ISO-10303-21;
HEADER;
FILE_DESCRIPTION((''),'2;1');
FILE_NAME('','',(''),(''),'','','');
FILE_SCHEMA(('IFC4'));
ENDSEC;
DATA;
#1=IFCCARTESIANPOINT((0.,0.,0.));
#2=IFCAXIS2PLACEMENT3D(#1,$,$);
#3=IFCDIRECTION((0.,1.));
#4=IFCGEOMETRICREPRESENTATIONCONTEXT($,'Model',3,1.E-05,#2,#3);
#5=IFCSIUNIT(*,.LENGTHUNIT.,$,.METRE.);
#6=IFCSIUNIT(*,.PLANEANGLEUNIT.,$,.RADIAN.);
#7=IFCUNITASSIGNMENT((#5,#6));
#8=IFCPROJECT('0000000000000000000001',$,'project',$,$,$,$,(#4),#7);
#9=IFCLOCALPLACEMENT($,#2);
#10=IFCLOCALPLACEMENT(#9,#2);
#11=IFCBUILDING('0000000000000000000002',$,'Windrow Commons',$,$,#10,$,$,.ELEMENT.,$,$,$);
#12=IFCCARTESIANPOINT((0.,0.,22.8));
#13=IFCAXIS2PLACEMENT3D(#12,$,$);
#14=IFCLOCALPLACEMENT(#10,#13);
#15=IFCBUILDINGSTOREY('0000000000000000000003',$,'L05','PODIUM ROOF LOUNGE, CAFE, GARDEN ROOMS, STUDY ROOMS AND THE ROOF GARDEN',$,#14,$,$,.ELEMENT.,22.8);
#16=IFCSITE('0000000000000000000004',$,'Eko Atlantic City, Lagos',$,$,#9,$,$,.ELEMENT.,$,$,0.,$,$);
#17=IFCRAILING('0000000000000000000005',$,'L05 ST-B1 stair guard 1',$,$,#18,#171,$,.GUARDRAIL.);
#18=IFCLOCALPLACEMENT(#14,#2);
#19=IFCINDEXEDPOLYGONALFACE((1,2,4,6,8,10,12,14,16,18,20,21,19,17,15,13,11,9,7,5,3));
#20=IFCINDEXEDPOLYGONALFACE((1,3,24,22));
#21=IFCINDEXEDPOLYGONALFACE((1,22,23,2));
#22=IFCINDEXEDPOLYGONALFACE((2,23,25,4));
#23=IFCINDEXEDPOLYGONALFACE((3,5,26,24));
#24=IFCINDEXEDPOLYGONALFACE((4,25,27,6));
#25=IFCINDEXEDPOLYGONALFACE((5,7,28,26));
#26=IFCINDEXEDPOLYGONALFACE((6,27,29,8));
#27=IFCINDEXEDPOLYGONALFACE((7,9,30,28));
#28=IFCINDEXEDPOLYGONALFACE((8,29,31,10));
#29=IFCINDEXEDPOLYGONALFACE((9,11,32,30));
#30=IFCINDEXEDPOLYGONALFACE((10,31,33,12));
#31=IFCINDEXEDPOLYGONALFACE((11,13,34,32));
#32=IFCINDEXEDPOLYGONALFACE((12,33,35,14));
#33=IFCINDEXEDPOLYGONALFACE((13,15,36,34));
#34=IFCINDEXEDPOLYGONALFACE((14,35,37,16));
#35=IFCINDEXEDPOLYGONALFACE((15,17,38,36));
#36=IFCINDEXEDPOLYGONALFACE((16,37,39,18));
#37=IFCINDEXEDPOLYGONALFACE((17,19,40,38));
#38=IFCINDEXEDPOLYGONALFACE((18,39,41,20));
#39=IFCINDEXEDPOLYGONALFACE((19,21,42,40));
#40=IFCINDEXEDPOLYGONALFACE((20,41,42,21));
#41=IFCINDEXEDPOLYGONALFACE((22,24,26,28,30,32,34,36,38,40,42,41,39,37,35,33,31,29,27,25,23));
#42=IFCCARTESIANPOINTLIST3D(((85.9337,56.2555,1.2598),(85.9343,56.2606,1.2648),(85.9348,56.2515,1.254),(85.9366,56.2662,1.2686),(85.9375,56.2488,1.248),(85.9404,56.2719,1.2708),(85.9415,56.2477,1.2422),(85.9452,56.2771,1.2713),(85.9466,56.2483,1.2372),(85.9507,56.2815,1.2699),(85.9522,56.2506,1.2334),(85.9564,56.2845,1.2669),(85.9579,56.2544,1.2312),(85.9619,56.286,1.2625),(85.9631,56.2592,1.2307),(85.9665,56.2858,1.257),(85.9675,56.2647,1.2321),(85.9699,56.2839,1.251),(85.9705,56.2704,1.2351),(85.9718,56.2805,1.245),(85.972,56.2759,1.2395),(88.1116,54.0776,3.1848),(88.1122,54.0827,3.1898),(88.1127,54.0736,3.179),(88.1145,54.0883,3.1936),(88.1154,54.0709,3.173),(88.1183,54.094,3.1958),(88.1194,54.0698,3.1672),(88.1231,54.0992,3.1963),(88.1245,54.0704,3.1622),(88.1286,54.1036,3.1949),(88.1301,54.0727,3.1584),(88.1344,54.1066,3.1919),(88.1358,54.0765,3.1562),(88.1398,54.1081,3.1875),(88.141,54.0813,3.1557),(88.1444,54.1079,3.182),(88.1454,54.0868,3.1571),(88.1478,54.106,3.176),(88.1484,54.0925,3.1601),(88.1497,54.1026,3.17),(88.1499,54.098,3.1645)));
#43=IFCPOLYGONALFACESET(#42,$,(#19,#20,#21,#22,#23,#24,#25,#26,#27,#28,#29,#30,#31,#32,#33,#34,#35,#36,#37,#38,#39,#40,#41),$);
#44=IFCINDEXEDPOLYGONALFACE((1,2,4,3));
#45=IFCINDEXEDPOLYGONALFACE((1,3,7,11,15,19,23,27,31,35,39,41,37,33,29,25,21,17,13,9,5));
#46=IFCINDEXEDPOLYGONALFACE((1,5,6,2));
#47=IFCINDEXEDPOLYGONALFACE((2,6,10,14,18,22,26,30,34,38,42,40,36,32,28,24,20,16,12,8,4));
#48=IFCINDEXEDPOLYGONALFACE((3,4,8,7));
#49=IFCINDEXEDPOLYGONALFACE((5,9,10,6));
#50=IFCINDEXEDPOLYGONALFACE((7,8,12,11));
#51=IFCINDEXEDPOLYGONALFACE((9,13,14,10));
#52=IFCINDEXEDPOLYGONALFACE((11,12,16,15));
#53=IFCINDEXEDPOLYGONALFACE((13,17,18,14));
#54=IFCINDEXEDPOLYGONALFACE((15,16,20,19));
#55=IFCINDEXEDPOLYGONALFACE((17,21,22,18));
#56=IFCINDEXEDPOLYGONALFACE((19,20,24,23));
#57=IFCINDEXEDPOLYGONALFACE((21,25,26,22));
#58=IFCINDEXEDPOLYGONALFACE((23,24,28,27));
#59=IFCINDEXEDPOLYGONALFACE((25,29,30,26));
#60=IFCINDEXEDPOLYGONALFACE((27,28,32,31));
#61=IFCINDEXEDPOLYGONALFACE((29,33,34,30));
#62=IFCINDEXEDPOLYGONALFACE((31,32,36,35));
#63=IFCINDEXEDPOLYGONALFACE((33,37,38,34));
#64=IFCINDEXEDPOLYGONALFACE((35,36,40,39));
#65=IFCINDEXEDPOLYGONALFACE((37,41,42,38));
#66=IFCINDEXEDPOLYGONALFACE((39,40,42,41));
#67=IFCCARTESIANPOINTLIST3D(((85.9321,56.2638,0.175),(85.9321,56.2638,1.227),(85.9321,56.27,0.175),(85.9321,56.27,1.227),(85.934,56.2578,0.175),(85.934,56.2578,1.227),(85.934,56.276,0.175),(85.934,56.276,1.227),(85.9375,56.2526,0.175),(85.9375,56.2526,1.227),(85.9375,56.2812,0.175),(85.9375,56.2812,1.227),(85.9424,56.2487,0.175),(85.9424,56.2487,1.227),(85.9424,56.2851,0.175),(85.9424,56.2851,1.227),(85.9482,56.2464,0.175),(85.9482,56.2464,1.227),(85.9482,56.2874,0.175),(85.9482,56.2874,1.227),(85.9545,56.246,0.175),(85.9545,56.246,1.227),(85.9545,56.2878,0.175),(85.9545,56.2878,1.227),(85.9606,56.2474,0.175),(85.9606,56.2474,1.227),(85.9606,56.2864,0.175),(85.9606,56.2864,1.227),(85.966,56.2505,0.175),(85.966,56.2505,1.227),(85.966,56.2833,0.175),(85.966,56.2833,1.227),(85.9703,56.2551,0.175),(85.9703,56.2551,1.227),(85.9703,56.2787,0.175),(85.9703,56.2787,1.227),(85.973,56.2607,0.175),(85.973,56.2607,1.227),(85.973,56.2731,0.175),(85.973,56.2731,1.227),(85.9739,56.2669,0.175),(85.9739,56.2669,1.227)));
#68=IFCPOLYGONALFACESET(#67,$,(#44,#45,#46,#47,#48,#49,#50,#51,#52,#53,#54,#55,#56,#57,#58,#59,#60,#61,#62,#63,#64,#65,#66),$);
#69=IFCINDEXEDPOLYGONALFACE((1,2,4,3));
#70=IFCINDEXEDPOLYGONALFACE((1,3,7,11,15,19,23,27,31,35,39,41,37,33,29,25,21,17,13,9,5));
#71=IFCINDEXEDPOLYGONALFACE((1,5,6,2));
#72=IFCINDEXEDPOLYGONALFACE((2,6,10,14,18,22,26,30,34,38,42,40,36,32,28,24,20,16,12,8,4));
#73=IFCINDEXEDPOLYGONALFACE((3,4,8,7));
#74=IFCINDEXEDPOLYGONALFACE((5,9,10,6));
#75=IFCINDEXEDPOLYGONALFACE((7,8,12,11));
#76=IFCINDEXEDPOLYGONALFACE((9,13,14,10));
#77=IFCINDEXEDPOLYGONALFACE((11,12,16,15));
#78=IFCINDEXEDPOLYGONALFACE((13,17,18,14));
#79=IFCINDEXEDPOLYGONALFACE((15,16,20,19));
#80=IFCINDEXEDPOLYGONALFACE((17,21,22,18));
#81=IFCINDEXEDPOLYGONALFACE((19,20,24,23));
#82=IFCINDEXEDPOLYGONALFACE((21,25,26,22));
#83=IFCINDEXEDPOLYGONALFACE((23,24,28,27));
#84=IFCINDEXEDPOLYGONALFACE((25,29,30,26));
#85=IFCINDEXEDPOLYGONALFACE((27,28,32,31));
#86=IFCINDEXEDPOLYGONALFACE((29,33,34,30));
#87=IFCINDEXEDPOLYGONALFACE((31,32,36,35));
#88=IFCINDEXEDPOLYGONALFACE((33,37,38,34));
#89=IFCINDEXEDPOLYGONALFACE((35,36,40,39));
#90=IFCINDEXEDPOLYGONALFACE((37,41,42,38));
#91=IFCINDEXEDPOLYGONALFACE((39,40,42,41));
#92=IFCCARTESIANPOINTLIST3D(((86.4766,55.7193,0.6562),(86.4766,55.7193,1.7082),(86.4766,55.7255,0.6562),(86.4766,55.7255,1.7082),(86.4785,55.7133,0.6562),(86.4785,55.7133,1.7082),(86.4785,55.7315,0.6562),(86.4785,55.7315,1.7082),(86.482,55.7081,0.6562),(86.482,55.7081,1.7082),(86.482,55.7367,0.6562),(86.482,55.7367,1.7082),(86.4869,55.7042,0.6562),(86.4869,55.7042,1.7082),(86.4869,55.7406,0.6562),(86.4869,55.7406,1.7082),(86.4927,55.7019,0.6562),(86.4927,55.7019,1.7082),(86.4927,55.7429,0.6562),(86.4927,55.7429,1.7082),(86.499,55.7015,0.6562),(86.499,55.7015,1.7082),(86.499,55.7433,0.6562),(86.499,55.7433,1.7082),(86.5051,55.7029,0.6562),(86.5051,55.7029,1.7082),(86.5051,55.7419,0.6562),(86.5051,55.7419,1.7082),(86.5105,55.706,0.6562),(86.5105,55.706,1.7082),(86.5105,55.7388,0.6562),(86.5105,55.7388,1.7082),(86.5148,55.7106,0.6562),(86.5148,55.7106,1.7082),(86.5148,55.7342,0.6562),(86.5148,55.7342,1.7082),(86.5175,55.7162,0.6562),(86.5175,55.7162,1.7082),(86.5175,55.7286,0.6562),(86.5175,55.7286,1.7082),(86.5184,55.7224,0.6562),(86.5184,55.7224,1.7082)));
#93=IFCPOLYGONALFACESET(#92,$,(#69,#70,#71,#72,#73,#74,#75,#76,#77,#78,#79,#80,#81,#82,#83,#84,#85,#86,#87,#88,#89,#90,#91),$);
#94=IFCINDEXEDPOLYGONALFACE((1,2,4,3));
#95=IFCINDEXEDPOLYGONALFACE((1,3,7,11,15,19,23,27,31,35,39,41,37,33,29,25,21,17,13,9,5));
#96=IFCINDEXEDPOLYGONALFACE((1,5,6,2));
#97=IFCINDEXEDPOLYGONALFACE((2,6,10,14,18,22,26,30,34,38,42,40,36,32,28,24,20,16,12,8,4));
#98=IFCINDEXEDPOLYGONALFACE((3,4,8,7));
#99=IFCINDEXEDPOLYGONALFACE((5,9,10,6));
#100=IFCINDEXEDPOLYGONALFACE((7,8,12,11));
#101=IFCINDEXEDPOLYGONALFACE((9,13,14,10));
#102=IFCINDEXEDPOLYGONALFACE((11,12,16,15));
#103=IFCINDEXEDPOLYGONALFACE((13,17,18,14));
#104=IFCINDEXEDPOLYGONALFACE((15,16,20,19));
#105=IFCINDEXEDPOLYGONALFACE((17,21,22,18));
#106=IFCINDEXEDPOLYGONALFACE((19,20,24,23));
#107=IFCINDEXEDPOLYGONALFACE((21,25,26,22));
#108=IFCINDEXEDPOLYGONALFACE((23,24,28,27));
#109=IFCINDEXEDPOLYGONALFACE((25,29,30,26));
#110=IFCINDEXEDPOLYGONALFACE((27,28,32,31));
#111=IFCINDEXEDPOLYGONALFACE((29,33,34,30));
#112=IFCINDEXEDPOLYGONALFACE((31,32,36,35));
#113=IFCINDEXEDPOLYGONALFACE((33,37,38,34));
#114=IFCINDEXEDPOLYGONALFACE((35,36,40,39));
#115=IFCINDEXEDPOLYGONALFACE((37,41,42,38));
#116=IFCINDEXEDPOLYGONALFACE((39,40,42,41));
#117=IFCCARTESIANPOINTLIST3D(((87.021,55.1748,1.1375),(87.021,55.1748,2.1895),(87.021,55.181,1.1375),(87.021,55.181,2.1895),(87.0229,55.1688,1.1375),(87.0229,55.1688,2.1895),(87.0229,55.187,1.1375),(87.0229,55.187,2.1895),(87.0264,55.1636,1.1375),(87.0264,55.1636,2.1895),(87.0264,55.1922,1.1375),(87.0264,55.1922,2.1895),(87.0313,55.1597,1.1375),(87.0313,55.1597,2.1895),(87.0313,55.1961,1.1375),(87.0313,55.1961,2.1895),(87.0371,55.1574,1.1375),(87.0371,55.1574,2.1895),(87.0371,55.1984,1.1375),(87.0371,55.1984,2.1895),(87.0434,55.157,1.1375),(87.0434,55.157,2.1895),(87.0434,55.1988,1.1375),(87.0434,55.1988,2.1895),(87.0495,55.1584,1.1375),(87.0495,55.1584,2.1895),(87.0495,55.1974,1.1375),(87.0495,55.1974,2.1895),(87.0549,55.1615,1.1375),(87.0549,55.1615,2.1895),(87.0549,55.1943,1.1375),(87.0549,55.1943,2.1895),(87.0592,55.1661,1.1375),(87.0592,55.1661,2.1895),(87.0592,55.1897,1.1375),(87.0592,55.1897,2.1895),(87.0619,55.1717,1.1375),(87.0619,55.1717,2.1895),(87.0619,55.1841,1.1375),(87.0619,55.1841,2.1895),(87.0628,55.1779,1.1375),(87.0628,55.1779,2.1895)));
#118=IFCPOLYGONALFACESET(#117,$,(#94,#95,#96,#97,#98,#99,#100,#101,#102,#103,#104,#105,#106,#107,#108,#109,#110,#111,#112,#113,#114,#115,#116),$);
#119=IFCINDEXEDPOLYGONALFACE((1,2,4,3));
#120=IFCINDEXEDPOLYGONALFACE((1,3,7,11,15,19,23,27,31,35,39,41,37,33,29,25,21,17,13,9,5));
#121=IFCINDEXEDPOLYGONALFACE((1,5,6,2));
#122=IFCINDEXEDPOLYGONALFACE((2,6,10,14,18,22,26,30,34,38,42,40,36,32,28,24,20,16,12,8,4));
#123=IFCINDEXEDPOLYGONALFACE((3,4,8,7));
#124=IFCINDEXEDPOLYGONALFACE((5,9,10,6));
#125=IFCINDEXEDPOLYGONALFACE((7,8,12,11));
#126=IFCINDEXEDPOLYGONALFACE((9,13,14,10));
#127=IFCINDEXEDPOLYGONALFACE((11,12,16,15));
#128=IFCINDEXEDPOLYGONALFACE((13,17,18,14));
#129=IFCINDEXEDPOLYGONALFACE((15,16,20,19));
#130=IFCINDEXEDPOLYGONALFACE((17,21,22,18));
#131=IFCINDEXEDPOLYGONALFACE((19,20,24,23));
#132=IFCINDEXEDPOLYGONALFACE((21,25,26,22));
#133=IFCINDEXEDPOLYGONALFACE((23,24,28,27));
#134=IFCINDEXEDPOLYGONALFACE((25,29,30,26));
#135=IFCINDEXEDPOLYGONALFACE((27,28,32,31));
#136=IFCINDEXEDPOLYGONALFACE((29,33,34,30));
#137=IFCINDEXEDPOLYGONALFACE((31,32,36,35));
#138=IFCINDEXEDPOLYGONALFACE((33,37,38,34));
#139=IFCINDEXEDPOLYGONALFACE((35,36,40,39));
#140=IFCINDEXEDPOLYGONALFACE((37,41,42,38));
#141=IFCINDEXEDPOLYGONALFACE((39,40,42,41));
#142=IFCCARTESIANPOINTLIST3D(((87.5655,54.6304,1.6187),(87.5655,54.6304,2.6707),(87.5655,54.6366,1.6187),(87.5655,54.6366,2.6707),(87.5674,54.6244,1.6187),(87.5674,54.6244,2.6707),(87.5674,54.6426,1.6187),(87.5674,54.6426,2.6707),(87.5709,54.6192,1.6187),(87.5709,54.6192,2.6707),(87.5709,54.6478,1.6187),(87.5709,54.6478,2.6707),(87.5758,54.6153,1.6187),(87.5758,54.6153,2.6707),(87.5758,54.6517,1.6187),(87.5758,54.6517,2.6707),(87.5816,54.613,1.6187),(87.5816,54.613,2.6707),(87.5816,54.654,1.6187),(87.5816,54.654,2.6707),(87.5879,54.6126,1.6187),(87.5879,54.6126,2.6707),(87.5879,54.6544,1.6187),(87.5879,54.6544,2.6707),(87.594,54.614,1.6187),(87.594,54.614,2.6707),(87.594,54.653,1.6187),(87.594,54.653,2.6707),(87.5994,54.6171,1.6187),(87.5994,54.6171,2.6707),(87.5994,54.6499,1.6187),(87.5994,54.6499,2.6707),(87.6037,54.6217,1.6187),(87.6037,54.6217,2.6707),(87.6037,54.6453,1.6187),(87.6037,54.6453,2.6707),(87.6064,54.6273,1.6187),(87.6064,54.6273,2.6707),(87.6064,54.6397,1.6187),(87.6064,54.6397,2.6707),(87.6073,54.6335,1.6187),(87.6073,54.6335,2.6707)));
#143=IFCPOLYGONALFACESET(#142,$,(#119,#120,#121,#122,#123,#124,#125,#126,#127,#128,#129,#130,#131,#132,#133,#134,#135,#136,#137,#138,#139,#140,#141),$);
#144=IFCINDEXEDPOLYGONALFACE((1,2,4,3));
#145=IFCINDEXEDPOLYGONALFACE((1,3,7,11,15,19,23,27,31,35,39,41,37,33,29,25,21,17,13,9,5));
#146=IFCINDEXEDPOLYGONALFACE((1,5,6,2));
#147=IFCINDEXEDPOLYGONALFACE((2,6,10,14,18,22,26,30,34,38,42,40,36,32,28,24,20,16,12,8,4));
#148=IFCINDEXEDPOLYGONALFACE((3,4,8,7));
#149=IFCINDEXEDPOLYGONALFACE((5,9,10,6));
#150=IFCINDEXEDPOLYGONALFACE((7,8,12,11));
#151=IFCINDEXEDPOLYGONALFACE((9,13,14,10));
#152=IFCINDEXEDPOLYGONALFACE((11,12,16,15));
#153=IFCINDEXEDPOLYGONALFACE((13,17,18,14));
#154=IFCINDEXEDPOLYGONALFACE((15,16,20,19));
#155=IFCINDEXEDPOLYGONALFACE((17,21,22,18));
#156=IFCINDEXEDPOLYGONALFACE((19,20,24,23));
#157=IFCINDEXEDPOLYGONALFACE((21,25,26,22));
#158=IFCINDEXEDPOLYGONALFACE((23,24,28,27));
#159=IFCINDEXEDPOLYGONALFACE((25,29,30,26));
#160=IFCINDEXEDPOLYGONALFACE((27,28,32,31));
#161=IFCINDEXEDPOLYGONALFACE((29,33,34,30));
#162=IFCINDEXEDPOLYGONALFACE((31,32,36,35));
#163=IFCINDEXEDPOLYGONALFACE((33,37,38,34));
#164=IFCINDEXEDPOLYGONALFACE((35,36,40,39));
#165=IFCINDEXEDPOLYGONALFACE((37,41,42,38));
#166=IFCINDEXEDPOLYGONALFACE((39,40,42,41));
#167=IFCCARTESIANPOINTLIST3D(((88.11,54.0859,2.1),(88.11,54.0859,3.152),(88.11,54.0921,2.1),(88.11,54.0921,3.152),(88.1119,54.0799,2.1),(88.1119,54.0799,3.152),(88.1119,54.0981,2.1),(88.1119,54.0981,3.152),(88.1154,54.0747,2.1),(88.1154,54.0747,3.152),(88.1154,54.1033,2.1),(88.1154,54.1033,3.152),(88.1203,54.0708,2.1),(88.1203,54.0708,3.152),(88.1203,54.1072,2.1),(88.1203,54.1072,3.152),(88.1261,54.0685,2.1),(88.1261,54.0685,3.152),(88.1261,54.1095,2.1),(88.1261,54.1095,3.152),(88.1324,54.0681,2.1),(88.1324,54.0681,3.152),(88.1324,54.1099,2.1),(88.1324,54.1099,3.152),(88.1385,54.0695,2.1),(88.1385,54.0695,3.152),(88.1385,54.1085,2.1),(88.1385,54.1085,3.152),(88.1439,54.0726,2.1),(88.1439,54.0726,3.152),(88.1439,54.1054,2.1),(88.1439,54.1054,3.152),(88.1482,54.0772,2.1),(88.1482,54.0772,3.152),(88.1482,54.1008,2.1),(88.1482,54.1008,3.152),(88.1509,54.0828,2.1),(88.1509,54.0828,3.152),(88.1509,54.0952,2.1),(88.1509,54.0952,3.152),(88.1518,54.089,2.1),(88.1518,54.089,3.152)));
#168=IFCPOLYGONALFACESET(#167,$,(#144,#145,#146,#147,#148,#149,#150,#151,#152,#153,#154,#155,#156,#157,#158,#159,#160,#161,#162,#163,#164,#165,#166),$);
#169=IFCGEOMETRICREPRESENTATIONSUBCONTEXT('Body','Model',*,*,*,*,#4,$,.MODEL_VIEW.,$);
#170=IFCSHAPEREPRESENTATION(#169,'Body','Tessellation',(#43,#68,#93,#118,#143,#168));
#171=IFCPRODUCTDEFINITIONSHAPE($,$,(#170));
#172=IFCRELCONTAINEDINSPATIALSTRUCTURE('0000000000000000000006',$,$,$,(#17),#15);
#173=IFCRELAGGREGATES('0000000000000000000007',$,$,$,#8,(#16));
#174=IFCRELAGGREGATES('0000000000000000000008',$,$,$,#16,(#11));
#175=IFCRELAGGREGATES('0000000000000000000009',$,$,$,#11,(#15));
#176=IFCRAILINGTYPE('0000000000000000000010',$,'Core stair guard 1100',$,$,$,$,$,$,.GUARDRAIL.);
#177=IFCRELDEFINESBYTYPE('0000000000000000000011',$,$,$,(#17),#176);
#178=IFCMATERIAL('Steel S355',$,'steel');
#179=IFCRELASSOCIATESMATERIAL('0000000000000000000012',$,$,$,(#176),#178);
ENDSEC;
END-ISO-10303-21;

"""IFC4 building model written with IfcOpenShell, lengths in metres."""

from ifc_helpers import new_model, si_unit, direction, frame, origin, origin_2d, place, context, subcontext, project, spatial, circle, extrude, material, type_object, element, save


model = new_model("IFC4")

# Units and contexts
model_context = context("Model", 3, precision=1e-05, world=origin(), true_north=direction((0.0, 1.0)))
body_context = subcontext(model_context, "Body", "Model", "MODEL_VIEW")
ifc_project = project(units=[si_unit("LENGTHUNIT", "METRE"), si_unit("PLANEANGLEUNIT", "RADIAN")], contexts=[model_context])

# Site, building, storey
site_placement = place(None, origin())
site = spatial("IfcSite", under=ifc_project, at=site_placement, Name="Eko Atlantic City, Lagos", CompositionType="ELEMENT", RefElevation=0.0)
building_placement = place(site_placement, origin())
building = spatial("IfcBuilding", under=site, at=building_placement, Name="Windrow Commons", CompositionType="ELEMENT")
storey_placement = place(building_placement, frame((0.0, 0.0, 22.8)))
storey = spatial("IfcBuildingStorey", under=building, at=storey_placement, Name="L05", Description="PODIUM ROOF LOUNGE, CAFE, GARDEN ROOMS, STUDY ROOMS AND THE ROOF GARDEN", CompositionType="ELEMENT", Elevation=22.8)

# Railing
ifc_material_1 = material(Name="Steel S355", Category="steel")
railing_type_1 = type_object("IfcRailingType", Name="Core stair guard 1100", PredefinedType="GUARDRAIL", material=ifc_material_1)
railing_1_placement = place(storey_placement, frame((85.9529, 56.2669, 0.175)))
element("IfcRailing", 1, at=railing_1_placement, inside=storey, type_object=railing_type_1, Name="L05 ST-B1 stair guard 1", PredefinedType="GUARDRAIL", context=body_context, shape_type="SweptSolid", body=[
    extrude(circle(Radius=0.024, at=origin_2d()), frame((0.0, 0.0, 1.076), z_axis=(0.599626, -0.599626, 0.529997), x_axis=(0.707107, 0.707107, 0.0)), (0.0, 0.0, 1.0), 3.6321),
    extrude(circle(Radius=0.021, at=origin_2d()), origin(), (0.0, 0.0, 1.0), 1.052),
    extrude(circle(Radius=0.021, at=origin_2d()), frame((0.5445, -0.5445, 0.4812)), (0.0, 0.0, 1.0), 1.052),
    extrude(circle(Radius=0.021, at=origin_2d()), frame((1.0889, -1.089, 0.9625)), (0.0, 0.0, 1.0), 1.052),
    extrude(circle(Radius=0.021, at=origin_2d()), frame((1.6334, -1.6334, 1.4437)), (0.0, 0.0, 1.0), 1.052),
    extrude(circle(Radius=0.021, at=origin_2d()), frame((2.1779, -2.1779, 1.925)), (0.0, 0.0, 1.0), 1.052),
])

save(model, "model.ifc")
